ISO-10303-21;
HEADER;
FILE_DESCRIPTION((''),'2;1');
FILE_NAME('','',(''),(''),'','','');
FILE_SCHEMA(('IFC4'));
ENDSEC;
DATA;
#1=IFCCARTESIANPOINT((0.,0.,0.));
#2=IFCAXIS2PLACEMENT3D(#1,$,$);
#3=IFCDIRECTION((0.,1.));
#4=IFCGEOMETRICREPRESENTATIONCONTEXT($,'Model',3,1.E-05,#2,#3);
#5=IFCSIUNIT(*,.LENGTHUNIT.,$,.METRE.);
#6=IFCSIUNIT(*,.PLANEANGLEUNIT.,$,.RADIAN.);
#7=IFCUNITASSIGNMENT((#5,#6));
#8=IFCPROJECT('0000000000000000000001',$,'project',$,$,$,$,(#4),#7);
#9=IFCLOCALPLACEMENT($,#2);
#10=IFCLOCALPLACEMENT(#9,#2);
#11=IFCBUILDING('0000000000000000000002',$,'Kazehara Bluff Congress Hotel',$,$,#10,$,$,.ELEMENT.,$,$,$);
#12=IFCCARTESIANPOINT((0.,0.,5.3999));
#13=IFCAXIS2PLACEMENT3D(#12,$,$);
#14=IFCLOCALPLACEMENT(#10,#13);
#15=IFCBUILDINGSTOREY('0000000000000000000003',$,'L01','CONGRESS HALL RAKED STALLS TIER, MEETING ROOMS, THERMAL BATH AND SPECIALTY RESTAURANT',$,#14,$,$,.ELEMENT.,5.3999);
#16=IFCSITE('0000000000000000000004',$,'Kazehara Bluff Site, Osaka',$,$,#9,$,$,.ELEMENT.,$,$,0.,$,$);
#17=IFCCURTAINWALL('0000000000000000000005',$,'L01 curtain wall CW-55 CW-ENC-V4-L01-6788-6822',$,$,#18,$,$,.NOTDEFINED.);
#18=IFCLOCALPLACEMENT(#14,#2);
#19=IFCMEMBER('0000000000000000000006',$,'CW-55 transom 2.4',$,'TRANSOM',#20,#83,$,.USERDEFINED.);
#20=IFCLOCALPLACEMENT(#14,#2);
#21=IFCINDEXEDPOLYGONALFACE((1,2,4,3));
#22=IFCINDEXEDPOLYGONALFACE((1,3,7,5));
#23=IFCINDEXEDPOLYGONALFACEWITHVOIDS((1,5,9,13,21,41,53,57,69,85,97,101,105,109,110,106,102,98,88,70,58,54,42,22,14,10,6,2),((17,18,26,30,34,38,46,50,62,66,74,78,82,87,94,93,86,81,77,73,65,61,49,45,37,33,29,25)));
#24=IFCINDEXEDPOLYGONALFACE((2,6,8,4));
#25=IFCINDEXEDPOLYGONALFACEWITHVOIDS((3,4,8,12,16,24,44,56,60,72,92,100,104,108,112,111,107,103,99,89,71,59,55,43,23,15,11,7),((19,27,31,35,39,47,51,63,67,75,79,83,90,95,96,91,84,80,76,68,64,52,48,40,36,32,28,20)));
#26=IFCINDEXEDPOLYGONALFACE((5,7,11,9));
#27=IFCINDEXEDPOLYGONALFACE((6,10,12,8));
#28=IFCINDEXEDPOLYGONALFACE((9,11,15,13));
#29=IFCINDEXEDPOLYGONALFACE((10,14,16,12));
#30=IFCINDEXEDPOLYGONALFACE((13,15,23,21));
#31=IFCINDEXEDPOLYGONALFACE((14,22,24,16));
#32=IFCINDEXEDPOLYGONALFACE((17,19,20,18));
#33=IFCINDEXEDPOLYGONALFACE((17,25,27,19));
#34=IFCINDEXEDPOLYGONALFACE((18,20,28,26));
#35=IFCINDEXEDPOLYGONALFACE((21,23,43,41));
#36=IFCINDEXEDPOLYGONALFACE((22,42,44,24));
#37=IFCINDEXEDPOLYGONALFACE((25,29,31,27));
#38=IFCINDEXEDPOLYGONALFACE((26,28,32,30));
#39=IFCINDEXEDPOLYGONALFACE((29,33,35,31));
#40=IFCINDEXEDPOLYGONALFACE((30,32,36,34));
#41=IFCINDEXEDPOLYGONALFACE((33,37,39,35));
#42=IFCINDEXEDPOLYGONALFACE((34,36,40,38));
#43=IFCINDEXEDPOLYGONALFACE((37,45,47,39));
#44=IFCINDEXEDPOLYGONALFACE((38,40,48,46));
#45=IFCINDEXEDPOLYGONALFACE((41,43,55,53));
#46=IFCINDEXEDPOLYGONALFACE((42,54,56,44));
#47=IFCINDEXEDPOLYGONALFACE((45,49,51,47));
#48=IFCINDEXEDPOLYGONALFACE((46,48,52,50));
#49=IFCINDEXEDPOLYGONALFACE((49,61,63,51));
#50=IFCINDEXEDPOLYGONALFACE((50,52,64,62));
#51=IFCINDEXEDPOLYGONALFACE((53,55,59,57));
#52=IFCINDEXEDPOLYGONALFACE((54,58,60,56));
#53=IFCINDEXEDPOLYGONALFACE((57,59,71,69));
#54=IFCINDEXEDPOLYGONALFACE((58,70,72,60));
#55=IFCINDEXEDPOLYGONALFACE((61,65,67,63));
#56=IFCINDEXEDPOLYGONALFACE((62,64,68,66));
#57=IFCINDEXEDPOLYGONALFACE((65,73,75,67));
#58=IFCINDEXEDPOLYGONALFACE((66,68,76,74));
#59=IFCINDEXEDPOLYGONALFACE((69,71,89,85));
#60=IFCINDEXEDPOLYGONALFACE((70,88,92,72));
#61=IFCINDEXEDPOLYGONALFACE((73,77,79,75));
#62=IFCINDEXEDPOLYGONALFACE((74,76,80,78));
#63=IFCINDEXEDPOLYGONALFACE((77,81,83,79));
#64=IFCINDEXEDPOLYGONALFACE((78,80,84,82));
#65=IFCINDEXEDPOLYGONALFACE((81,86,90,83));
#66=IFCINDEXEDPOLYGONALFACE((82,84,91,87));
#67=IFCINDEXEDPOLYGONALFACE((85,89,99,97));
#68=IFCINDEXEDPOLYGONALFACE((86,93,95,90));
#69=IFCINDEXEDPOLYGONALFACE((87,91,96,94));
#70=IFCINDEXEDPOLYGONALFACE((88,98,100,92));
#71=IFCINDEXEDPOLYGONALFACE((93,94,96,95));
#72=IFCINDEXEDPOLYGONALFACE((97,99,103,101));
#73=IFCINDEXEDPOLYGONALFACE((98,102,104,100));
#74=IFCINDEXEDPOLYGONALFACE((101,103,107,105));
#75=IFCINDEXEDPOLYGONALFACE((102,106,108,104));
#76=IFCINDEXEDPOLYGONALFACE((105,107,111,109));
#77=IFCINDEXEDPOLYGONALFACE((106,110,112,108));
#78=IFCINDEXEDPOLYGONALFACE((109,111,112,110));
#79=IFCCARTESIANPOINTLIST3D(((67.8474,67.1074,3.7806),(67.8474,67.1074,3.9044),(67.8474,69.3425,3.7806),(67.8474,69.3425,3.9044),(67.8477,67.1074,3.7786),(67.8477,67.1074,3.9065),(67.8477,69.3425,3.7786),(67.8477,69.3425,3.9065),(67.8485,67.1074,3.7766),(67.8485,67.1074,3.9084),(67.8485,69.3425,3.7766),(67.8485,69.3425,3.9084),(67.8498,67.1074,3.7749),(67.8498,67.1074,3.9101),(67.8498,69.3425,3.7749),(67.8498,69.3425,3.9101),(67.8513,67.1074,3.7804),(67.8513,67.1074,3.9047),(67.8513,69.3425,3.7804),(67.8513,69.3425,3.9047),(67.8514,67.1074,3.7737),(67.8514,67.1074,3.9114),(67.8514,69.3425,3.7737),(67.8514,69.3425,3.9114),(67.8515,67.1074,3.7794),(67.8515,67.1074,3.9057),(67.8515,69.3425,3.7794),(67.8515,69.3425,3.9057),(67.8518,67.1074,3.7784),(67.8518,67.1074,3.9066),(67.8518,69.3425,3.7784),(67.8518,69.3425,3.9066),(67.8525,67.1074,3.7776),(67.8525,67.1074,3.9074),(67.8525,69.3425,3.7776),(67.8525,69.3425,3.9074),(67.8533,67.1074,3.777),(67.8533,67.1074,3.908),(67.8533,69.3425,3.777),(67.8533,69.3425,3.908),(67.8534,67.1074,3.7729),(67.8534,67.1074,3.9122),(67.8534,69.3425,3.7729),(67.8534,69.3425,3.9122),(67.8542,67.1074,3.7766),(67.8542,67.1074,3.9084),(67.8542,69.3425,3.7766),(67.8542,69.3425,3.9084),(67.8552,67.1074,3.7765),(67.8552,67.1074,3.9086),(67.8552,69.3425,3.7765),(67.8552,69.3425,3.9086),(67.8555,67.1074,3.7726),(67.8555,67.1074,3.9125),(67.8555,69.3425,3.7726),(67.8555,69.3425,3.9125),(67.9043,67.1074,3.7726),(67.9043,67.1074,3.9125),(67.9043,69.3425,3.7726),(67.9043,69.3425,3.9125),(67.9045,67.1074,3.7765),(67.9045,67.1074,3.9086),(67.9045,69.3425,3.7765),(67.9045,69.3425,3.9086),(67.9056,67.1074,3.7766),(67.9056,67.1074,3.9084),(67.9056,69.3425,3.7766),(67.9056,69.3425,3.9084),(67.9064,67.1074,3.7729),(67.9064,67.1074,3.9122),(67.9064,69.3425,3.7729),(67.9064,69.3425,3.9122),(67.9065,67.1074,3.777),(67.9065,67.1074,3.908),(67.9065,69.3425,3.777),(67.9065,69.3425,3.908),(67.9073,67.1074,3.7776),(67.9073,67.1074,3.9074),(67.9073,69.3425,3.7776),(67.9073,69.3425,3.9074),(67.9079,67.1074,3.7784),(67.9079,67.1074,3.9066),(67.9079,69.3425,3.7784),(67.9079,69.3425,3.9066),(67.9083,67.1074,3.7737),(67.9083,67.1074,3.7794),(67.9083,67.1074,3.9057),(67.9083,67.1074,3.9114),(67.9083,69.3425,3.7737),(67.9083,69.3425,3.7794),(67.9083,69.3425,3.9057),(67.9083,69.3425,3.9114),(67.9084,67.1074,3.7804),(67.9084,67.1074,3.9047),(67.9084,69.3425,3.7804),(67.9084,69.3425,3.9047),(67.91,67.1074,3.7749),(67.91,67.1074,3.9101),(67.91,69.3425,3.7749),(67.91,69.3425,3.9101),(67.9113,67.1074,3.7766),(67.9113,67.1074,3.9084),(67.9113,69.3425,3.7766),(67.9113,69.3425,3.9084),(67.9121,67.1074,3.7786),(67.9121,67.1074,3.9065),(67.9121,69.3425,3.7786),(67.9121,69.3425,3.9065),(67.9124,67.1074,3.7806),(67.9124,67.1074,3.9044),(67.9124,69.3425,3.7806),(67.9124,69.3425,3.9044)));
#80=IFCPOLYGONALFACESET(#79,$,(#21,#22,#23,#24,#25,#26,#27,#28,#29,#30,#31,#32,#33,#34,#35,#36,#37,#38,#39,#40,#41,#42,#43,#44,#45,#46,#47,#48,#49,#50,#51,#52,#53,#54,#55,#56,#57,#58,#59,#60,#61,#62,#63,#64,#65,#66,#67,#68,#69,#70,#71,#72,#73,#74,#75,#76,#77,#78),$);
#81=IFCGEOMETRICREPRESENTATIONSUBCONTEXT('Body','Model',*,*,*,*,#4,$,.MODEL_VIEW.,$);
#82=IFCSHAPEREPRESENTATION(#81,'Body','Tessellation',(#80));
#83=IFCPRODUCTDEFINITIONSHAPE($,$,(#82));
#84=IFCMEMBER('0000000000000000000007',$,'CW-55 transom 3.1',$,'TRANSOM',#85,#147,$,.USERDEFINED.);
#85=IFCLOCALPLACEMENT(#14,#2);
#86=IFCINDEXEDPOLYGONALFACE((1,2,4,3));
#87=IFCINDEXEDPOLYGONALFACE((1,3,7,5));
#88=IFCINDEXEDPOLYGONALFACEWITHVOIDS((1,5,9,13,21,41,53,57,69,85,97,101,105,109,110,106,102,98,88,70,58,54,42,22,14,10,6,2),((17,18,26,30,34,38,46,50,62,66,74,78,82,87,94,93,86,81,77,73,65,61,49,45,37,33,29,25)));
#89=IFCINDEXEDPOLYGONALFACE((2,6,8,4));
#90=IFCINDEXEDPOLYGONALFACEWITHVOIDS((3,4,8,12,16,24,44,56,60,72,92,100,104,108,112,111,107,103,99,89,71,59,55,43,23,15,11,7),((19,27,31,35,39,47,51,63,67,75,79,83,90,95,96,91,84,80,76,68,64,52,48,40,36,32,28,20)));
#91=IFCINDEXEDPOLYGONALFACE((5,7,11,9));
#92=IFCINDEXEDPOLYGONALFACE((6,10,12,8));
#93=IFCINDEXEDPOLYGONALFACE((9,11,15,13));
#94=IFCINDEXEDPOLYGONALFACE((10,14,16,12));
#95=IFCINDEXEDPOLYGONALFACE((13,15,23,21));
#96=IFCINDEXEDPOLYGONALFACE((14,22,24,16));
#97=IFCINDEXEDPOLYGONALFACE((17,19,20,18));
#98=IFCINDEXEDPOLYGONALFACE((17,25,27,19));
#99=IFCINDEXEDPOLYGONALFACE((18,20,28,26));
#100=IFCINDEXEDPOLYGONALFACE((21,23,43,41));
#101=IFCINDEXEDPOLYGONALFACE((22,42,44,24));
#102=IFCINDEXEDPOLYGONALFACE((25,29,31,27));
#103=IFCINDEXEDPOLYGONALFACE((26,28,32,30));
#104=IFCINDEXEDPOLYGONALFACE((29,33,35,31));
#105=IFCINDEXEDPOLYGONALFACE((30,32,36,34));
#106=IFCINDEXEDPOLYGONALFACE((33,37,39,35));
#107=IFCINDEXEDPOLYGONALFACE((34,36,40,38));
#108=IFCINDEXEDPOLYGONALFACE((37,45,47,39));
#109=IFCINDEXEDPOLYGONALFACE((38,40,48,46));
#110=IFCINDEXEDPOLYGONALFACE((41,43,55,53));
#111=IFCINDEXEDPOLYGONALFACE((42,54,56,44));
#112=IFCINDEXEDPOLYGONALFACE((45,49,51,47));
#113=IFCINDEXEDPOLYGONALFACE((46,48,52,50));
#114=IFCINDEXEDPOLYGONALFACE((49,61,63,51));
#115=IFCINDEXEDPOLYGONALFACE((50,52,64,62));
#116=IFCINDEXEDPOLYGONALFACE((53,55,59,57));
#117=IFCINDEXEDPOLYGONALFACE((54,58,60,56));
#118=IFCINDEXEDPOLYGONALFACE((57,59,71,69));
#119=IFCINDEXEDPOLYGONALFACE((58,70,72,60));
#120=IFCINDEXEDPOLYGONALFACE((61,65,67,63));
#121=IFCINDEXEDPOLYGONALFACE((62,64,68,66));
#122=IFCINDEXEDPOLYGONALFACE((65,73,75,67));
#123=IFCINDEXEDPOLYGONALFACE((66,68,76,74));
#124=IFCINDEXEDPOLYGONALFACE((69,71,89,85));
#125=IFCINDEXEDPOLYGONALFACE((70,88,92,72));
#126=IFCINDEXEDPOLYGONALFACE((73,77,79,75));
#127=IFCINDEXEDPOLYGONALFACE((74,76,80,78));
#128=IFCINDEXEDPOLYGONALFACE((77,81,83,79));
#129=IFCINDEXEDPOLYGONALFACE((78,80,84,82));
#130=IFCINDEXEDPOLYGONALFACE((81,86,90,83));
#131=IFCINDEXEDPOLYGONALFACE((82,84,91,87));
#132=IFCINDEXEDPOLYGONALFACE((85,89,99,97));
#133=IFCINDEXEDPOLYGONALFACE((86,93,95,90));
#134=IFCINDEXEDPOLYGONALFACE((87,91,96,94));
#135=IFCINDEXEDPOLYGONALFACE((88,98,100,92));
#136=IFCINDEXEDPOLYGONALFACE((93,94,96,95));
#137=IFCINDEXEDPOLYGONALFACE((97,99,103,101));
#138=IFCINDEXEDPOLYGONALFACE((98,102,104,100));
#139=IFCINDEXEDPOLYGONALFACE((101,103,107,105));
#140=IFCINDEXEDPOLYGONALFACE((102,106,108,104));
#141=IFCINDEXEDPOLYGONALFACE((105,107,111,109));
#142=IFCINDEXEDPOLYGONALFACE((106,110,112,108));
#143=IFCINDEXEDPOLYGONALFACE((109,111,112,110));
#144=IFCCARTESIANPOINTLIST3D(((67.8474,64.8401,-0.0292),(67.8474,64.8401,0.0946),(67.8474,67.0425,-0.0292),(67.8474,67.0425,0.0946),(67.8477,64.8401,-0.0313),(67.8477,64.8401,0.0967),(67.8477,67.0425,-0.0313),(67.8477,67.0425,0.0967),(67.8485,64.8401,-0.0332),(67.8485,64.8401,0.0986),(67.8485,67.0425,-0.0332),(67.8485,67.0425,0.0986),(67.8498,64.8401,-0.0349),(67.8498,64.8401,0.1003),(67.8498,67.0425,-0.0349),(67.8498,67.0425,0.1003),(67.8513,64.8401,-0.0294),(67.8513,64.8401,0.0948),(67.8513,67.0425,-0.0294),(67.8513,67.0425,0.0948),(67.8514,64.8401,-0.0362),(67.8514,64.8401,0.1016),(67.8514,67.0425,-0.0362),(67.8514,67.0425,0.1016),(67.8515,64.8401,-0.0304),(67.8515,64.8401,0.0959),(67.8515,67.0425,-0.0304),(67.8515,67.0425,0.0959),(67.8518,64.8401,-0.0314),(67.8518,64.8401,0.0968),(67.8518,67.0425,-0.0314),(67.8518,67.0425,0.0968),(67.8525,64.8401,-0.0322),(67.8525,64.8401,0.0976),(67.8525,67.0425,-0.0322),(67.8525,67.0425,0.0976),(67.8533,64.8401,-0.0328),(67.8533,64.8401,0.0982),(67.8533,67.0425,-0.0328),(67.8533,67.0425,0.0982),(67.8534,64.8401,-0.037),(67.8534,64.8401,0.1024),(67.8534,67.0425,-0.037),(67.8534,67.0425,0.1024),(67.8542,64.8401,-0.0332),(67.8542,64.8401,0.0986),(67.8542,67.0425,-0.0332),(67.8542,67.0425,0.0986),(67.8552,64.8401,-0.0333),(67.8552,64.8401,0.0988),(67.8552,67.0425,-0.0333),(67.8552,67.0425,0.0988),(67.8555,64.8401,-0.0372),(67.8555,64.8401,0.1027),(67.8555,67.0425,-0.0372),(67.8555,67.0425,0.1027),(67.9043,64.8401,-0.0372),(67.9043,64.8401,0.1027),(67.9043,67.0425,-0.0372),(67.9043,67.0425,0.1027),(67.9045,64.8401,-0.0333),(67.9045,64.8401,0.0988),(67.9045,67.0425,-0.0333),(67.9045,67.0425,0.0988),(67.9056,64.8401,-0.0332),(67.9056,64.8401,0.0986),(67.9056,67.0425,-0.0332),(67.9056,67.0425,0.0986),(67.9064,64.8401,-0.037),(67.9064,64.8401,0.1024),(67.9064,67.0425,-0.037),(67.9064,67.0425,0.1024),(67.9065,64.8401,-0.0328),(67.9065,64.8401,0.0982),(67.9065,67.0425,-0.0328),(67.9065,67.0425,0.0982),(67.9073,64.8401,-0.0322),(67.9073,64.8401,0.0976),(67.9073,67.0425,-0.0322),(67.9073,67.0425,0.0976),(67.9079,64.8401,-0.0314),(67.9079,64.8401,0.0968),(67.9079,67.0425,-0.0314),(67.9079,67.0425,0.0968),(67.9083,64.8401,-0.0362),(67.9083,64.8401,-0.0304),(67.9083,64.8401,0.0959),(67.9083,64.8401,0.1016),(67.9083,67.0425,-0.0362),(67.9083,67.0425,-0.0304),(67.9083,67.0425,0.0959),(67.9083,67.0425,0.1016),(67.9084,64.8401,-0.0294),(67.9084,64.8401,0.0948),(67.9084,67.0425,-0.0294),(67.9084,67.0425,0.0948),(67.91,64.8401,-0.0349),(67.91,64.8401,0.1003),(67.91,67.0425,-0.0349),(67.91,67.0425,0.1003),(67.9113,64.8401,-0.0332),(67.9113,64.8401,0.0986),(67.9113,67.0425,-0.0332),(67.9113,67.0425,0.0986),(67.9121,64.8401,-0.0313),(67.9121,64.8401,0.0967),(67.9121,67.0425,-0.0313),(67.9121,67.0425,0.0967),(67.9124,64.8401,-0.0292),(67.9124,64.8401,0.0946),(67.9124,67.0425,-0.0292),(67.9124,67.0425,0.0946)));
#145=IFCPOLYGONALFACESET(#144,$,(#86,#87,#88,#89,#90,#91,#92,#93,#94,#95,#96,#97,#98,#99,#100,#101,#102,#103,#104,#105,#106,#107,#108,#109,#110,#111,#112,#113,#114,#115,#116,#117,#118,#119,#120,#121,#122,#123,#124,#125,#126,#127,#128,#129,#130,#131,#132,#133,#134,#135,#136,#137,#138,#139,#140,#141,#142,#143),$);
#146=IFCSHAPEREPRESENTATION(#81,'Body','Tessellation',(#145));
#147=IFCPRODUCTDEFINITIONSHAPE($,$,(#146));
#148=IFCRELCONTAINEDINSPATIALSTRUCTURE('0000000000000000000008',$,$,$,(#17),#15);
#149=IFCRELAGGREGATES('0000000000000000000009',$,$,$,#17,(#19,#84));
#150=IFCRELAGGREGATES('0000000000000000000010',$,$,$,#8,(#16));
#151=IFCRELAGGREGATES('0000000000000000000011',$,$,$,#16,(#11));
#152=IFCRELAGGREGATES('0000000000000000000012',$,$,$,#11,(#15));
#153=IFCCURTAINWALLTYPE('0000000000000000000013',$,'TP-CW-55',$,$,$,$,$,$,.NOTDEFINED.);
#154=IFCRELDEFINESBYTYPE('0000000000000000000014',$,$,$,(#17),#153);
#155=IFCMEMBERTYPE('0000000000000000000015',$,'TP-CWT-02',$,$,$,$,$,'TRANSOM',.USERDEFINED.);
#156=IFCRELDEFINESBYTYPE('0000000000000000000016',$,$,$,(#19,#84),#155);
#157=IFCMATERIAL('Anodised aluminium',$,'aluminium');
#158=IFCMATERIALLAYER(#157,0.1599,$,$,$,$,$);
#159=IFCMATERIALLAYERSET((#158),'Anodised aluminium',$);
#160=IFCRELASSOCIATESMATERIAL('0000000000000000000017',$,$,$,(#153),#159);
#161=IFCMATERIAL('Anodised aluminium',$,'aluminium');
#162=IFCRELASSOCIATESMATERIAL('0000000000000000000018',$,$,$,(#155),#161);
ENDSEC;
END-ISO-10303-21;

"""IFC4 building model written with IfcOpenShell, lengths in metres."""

from ifc_helpers import new_model, si_unit, direction, frame, origin, origin_2d, place, context, subcontext, project, spatial, hollow_rectangle, extrude, material, layer, layer_set, material_profile, profile_set, type_object, element, aggregate, save


model = new_model("IFC4")

# Units and contexts
model_context = context("Model", 3, precision=1e-05, world=origin(), true_north=direction((0.0, 1.0)))
body_context = subcontext(model_context, "Body", "Model", "MODEL_VIEW")
ifc_project = project(units=[si_unit("LENGTHUNIT", "METRE"), si_unit("PLANEANGLEUNIT", "RADIAN")], contexts=[model_context])

# Site, building, storey
site_placement = place(None, origin())
site = spatial("IfcSite", under=ifc_project, at=site_placement, Name="Kazehara Bluff Site, Osaka", CompositionType="ELEMENT", RefElevation=0.0)
building_placement = place(site_placement, origin())
building = spatial("IfcBuilding", under=site, at=building_placement, Name="Kazehara Bluff Congress Hotel", CompositionType="ELEMENT")
storey_placement = place(building_placement, frame((0.0, 0.0, 5.3999)))
storey = spatial("IfcBuildingStorey", under=building, at=storey_placement, Name="L01", Description="CONGRESS HALL RAKED STALLS TIER, MEETING ROOMS, THERMAL BATH AND SPECIALTY RESTAURANT", CompositionType="ELEMENT", Elevation=5.3999)

# Curtain wall, members
ifc_material_1 = material(Name="Anodised aluminium", Category="aluminium")
ifc_layer_1 = layer(ifc_material_1, 0.1599)
ifc_layer_set_1 = layer_set([ifc_layer_1], Name="Anodised aluminium")
curtain_wall_type = type_object("IfcCurtainWallType", Name="TP-CW-55", PredefinedType="NOTDEFINED", material=ifc_layer_set_1)
curtain_wall_placement = place(storey_placement, origin())
curtain_wall = element("IfcCurtainWall", 1, at=curtain_wall_placement, inside=storey, type_object=curtain_wall_type, Name="L01 curtain wall CW-55 CW-ENC-V4-L01-6788-6822", PredefinedType="NOTDEFINED")
ifc_material_2 = material(Name="Anodised aluminium", Category="aluminium")
ifc_material_profile_1 = material_profile(ifc_material_2, hollow_rectangle(XDim=0.0649, YDim=0.1399, WallThickness=0.0039, InnerFilletRadius=0.0039, OuterFilletRadius=0.0081, at=origin_2d()))
ifc_profile_set_1 = profile_set([ifc_material_profile_1], Name="Anodised aluminium")
member_type_1 = type_object("IfcMemberType", Name="TP-CWT-02", ElementType="TRANSOM", PredefinedType="USERDEFINED", material=ifc_profile_set_1)
member_1_placement = place(storey_placement, frame((67.8799, 69.3425, 3.8425), z_axis=(0.0, -1.0, 0.0), x_axis=(1.0, 0.0, 0.0)))
member_1 = element("IfcMember", 2, at=member_1_placement, type_object=member_type_1, Name="CW-55 transom 2.4", ObjectType="TRANSOM", PredefinedType="USERDEFINED", context=body_context, shape_type="SweptSolid", body=[
    extrude(hollow_rectangle(XDim=0.0649, YDim=0.1399, WallThickness=0.0039, InnerFilletRadius=0.0039, OuterFilletRadius=0.0081, at=origin_2d()), origin(), (0.0, 0.0, 1.0), 2.2351),
])
member_2_placement = place(storey_placement, frame((67.8799, 67.0425, 0.0327), z_axis=(0.0, -1.0, 0.0), x_axis=(1.0, 0.0, 0.0)))
member_2 = element("IfcMember", 3, at=member_2_placement, type_object=member_type_1, Name="CW-55 transom 3.1", ObjectType="TRANSOM", PredefinedType="USERDEFINED", context=body_context, shape_type="SweptSolid", body=[
    extrude(hollow_rectangle(XDim=0.0649, YDim=0.1399, WallThickness=0.0039, InnerFilletRadius=0.0039, OuterFilletRadius=0.0081, at=origin_2d()), origin(), (0.0, 0.0, 1.0), 2.2024),
])

aggregate(curtain_wall, [member_1, member_2])

save(model, "model.ifc")
